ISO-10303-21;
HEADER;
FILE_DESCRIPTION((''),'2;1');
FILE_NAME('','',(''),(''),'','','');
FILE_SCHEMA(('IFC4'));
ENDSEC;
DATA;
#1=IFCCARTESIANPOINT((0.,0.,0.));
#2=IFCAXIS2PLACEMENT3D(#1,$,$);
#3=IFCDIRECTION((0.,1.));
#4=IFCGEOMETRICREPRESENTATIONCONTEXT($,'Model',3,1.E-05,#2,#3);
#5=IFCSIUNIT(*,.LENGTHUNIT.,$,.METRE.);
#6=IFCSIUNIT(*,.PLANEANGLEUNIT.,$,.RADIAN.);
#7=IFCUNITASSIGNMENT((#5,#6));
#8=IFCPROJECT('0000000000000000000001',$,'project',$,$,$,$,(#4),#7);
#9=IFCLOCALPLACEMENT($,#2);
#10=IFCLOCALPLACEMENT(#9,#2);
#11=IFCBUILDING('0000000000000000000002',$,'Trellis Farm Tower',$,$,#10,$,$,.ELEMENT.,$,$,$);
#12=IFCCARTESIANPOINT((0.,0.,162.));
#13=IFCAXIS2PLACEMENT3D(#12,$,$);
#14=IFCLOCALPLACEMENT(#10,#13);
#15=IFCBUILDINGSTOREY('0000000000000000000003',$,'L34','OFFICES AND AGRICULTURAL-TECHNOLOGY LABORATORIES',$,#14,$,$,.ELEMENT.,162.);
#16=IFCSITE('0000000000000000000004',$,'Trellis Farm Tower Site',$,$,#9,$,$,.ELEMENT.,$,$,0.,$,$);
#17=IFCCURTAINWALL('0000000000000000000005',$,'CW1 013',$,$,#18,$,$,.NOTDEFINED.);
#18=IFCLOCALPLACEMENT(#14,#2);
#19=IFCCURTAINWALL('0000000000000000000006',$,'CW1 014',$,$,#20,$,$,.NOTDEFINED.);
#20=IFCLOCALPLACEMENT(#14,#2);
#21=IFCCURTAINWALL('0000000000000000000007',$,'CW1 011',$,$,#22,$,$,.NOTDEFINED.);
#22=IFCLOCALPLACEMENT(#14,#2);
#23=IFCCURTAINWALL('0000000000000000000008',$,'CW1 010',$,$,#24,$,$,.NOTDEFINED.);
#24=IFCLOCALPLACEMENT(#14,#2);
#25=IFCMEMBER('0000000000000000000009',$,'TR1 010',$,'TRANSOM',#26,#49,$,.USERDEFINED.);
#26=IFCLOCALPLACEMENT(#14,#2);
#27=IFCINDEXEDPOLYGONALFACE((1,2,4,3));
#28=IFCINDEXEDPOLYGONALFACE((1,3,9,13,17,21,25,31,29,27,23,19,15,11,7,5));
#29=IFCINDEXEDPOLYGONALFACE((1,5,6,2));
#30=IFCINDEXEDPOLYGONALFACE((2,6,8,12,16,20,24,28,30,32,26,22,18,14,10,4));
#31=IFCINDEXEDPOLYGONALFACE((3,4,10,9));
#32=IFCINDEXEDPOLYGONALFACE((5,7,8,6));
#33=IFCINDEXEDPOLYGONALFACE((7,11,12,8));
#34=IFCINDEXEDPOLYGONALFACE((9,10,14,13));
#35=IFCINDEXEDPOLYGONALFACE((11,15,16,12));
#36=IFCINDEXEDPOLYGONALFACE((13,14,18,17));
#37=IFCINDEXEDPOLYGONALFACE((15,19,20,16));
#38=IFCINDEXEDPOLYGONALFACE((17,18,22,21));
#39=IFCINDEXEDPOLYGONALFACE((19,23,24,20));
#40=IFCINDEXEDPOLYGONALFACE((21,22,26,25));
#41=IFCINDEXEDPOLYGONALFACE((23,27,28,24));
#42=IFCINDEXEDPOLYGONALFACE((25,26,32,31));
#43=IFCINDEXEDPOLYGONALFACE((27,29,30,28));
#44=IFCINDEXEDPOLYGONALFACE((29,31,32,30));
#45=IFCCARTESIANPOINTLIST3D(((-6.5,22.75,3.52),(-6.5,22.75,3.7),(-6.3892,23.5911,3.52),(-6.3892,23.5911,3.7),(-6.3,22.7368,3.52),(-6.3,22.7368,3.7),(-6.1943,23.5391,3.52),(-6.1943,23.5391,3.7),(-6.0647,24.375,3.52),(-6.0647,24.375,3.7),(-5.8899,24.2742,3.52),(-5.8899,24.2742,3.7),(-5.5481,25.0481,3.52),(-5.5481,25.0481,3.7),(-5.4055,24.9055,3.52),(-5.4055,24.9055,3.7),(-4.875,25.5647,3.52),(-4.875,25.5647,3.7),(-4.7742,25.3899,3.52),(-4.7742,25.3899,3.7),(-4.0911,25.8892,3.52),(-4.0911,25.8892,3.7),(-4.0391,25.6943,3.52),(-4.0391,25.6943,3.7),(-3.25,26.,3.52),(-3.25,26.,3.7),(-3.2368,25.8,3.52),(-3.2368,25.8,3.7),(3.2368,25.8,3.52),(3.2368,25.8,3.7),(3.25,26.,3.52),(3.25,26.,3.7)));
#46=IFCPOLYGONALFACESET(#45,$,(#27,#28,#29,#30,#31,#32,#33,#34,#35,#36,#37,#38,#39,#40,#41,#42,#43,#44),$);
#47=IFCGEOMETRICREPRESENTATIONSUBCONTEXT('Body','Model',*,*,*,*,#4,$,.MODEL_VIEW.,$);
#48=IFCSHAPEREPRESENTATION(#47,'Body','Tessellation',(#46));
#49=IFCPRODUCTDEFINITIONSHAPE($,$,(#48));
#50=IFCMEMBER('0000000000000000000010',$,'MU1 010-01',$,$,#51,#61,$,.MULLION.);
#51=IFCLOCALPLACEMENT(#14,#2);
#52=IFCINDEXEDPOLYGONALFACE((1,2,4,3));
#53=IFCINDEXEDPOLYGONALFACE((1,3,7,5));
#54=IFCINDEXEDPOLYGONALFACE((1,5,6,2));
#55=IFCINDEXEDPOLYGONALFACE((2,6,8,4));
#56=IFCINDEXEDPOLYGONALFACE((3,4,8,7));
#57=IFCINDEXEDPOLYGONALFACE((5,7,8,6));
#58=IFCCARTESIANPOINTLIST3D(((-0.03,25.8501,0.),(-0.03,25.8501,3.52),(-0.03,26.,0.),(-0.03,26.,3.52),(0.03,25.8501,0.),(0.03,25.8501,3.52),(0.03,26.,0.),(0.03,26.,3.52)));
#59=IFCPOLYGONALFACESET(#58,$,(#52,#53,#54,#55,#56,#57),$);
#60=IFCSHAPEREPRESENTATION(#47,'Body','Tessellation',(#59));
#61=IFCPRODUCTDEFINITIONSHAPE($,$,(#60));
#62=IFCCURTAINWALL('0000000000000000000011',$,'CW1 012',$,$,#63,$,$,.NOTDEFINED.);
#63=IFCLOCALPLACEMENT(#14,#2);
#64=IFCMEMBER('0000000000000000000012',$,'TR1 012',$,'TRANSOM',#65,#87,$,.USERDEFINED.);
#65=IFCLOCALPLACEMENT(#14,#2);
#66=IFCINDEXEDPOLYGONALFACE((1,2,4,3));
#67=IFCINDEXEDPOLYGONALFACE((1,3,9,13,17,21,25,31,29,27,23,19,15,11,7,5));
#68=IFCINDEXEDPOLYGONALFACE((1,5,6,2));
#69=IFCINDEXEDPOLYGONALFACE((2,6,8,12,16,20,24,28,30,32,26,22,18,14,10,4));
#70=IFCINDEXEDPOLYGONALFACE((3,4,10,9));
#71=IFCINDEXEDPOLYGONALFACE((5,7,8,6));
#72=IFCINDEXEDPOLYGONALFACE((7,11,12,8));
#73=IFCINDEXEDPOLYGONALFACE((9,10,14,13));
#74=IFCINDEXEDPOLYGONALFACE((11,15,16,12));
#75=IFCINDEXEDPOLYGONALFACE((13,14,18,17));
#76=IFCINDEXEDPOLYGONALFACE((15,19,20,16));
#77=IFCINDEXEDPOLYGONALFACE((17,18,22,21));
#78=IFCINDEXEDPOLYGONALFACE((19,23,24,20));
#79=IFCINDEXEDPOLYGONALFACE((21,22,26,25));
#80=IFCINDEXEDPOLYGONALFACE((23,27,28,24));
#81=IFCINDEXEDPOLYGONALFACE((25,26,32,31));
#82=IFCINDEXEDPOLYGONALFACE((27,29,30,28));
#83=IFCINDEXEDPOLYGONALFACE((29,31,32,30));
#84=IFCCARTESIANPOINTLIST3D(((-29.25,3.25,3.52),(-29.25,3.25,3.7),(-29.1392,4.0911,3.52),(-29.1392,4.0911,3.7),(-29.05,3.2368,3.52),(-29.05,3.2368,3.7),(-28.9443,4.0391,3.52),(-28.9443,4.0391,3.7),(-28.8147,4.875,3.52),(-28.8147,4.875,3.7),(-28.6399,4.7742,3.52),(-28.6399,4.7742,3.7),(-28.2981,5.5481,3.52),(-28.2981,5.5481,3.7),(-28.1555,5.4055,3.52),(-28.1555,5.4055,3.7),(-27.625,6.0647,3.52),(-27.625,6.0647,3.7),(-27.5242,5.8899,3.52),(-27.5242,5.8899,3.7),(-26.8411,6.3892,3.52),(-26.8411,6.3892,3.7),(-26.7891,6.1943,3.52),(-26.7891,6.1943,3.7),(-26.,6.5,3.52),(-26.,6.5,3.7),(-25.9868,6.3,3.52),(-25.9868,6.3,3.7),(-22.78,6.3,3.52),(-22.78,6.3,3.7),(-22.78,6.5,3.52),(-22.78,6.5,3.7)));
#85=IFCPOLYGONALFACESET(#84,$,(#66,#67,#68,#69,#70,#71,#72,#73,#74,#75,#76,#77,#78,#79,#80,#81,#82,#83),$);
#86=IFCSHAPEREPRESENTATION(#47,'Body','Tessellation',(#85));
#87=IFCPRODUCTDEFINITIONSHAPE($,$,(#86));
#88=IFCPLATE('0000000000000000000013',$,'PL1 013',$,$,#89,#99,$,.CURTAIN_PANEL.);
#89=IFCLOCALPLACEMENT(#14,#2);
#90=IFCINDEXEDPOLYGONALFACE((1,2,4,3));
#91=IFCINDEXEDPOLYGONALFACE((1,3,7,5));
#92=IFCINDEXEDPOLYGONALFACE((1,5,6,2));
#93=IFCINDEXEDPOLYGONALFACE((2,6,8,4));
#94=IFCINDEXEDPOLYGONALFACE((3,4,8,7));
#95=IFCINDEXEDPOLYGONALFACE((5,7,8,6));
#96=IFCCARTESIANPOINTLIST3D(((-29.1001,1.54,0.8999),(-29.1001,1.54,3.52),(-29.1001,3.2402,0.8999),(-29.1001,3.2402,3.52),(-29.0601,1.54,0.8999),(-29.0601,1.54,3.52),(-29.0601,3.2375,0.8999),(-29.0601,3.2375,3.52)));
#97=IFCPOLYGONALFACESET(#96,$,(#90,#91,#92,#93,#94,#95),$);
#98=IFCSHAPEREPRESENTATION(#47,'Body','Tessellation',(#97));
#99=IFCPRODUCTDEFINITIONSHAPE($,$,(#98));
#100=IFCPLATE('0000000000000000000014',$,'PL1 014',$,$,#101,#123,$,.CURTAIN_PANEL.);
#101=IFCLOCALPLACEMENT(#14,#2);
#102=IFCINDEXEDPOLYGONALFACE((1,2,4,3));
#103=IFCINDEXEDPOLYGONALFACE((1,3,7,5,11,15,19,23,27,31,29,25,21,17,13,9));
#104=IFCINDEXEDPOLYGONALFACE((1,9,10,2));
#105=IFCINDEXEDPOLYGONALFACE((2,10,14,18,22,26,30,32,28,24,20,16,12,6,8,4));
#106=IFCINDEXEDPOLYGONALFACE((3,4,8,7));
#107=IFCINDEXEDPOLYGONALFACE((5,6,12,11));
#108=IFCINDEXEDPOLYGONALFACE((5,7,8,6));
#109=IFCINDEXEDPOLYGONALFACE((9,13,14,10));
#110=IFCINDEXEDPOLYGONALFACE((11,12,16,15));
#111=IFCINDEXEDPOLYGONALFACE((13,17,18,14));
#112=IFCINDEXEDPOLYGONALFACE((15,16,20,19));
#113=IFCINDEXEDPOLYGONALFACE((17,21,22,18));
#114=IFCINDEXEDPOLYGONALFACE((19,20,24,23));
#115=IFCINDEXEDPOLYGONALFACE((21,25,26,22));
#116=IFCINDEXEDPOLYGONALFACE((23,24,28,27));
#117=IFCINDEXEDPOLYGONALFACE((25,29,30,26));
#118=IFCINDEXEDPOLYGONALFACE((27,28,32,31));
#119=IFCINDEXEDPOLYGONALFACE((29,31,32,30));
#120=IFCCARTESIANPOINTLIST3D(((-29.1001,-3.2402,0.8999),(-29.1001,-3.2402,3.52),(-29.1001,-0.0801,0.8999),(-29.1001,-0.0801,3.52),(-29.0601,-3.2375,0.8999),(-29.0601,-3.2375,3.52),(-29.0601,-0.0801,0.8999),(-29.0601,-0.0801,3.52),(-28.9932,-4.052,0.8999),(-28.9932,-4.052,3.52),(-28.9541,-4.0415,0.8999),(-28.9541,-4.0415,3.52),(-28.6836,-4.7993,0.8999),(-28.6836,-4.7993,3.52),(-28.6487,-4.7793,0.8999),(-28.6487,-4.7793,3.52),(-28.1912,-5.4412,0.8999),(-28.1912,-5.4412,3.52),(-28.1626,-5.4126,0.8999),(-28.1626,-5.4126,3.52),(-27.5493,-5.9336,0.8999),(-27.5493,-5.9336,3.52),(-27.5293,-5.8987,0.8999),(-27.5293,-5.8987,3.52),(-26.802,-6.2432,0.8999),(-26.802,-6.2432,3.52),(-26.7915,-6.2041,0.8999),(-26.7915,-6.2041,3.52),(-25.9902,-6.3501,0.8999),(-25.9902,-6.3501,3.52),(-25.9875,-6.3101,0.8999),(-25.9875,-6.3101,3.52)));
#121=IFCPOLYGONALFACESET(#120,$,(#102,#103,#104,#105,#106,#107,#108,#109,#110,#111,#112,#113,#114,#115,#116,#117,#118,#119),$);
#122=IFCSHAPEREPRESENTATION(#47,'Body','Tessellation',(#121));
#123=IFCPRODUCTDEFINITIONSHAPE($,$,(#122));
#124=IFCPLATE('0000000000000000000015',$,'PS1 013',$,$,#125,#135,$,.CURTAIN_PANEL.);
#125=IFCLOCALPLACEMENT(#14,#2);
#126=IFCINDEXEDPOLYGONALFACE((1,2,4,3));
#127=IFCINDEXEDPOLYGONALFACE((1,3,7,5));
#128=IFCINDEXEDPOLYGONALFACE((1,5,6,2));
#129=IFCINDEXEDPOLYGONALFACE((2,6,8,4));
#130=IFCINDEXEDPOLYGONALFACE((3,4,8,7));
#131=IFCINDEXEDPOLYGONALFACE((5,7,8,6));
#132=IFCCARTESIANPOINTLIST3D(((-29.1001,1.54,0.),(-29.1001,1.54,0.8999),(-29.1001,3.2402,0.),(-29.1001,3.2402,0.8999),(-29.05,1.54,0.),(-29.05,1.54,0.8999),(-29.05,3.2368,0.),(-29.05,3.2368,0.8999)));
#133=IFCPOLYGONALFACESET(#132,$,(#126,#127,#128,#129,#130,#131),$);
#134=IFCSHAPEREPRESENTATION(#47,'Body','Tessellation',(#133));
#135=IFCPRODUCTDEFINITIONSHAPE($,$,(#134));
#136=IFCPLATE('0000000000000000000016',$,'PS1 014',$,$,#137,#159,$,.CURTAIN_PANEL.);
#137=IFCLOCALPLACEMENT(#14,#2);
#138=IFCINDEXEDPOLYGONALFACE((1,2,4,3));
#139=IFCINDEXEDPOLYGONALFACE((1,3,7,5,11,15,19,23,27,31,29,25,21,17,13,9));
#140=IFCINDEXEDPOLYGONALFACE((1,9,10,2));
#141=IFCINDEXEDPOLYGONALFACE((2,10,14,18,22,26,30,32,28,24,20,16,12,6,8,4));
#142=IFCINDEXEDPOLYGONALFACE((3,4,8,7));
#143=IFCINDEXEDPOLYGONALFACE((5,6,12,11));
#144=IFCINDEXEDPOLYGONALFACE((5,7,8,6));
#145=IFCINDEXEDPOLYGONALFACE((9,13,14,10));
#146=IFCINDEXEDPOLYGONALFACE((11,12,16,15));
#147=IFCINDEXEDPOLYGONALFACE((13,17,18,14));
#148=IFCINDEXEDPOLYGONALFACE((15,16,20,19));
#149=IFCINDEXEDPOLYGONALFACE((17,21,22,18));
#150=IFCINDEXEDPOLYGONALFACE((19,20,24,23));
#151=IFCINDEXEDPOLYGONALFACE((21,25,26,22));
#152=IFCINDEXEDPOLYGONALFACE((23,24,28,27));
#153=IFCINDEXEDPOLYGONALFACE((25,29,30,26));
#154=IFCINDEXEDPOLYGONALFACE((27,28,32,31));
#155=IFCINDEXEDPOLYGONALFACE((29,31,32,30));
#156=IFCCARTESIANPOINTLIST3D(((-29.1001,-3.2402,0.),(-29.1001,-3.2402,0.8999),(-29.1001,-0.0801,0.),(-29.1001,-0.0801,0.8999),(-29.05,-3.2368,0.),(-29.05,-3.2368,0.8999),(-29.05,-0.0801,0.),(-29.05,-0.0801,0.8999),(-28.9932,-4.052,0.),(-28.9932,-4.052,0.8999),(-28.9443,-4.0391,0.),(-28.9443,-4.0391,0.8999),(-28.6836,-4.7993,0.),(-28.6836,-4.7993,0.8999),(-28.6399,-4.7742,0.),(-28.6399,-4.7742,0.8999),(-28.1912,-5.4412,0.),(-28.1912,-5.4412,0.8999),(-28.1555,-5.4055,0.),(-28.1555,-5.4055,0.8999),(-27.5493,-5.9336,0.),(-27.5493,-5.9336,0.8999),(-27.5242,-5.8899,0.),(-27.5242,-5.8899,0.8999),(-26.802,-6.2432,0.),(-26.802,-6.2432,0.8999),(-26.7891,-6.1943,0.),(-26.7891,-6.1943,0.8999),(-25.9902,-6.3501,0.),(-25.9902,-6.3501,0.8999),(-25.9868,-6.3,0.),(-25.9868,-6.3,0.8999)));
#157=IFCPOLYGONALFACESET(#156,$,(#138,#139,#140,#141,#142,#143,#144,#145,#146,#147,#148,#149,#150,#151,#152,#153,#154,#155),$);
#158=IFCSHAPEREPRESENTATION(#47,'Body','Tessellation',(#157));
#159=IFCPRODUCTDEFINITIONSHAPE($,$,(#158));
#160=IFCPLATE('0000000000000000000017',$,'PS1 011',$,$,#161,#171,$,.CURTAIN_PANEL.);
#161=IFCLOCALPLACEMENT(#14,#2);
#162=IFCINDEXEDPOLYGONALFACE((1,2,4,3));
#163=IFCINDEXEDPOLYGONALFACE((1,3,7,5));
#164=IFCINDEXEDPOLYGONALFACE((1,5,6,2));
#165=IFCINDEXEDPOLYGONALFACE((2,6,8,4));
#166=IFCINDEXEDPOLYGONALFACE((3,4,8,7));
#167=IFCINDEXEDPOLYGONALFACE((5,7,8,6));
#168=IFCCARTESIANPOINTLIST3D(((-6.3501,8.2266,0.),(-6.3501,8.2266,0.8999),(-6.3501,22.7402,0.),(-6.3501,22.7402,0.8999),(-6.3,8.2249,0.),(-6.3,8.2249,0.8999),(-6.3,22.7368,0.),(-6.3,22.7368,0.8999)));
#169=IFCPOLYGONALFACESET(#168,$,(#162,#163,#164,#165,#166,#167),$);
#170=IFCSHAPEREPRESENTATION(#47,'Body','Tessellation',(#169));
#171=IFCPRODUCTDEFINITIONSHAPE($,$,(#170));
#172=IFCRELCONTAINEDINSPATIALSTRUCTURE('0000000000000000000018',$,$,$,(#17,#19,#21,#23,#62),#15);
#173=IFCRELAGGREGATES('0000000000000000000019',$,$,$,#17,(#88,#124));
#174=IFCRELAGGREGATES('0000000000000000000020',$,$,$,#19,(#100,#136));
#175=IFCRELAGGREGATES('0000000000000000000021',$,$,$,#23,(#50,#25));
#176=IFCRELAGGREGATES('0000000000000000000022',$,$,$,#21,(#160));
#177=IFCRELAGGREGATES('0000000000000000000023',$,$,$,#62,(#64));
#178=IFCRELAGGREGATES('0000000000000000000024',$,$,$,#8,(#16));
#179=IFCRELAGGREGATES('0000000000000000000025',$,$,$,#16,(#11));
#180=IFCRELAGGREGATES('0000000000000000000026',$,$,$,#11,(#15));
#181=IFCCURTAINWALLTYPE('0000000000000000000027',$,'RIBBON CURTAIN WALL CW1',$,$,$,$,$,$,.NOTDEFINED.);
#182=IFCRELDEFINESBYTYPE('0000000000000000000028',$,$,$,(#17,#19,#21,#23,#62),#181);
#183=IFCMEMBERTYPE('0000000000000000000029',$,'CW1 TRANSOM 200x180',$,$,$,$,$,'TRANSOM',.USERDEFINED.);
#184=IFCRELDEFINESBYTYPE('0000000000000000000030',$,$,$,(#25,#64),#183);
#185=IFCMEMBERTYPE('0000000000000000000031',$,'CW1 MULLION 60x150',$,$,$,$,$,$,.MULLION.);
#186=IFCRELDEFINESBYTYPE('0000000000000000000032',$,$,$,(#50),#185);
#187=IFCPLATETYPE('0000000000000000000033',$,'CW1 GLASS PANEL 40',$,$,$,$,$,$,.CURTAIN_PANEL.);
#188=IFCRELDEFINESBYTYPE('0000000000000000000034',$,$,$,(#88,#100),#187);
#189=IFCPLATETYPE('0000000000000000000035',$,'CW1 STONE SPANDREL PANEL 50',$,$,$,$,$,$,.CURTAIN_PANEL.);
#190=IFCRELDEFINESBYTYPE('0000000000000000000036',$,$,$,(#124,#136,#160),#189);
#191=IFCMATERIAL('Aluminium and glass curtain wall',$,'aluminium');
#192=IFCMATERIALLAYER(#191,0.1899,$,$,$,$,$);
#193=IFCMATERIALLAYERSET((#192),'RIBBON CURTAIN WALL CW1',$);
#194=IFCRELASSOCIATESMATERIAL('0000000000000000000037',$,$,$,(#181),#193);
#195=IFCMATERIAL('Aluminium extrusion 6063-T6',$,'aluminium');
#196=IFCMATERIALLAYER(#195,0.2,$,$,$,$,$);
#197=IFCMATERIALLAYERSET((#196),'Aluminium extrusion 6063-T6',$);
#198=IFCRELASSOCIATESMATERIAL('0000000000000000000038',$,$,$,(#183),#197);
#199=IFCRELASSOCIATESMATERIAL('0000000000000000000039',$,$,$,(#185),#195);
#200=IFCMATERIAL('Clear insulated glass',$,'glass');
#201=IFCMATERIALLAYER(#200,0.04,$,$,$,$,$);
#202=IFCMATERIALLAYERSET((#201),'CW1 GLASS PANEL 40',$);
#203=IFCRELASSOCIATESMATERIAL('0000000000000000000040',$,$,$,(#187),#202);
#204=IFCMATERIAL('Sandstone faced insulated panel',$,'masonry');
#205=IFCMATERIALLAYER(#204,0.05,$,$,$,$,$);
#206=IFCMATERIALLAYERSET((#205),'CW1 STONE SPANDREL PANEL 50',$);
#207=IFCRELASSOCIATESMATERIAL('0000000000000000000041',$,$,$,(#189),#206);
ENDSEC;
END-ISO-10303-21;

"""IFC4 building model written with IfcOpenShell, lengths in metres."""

from ifc_helpers import new_model, si_unit, direction, frame, origin, origin_2d, place, context, subcontext, project, spatial, polyline, rectangle, outline, extrude, source, transform, mapped, material, layer, layer_set, material_profile, profile_set, type_object, element, aggregate, save


model = new_model("IFC4")

# Units and contexts
model_context = context("Model", 3, precision=1e-05, world=origin(), true_north=direction((0.0, 1.0)))
body_context = subcontext(model_context, "Body", "Model", "MODEL_VIEW")
ifc_project = project(units=[si_unit("LENGTHUNIT", "METRE"), si_unit("PLANEANGLEUNIT", "RADIAN")], contexts=[model_context])

# Site, building, storey
site_placement = place(None, origin())
site = spatial("IfcSite", under=ifc_project, at=site_placement, Name="Trellis Farm Tower Site", CompositionType="ELEMENT", RefElevation=0.0)
building_placement = place(site_placement, origin())
building = spatial("IfcBuilding", under=site, at=building_placement, Name="Trellis Farm Tower", CompositionType="ELEMENT")
storey_placement = place(building_placement, frame((0.0, 0.0, 162.0)))
storey = spatial("IfcBuildingStorey", under=building, at=storey_placement, Name="L34", Description="OFFICES AND AGRICULTURAL-TECHNOLOGY LABORATORIES", CompositionType="ELEMENT", Elevation=162.0)

# Curtain walls
ifc_material_1 = material(Name="Aluminium and glass curtain wall", Category="aluminium")
ifc_layer_1 = layer(ifc_material_1, 0.1899)
ifc_layer_set_1 = layer_set([ifc_layer_1], Name="RIBBON CURTAIN WALL CW1")
curtain_wall_type_1 = type_object("IfcCurtainWallType", Name="RIBBON CURTAIN WALL CW1", PredefinedType="NOTDEFINED", material=ifc_layer_set_1)
placement_1 = place(storey_placement, origin())
curtain_wall_1 = element("IfcCurtainWall", 1, at=placement_1, inside=storey, type_object=curtain_wall_type_1, Name="CW1 013", PredefinedType="NOTDEFINED")
ifc_material_2 = material(Name="Aluminium extrusion 6063-T6", Category="aluminium")
ifc_layer_2 = layer(ifc_material_2, 0.2)
ifc_layer_set_2 = layer_set([ifc_layer_2], Name="Aluminium extrusion 6063-T6")
member_type_1 = type_object("IfcMemberType", Name="CW1 TRANSOM 200x180", ElementType="TRANSOM", PredefinedType="USERDEFINED", material=ifc_layer_set_2)
placement_2 = place(storey_placement, frame((0.0, 0.0, 3.52)))
curtain_wall_2 = element("IfcCurtainWall", 2, at=placement_1, inside=storey, type_object=curtain_wall_type_1, Name="CW1 014", PredefinedType="NOTDEFINED")

# Curtain wall
curtain_wall_3 = element("IfcCurtainWall", 3, at=placement_1, inside=storey, type_object=curtain_wall_type_1, Name="CW1 011", PredefinedType="NOTDEFINED")

# Curtain wall, members
curtain_wall_4 = element("IfcCurtainWall", 4, at=placement_1, inside=storey, type_object=curtain_wall_type_1, Name="CW1 010", PredefinedType="NOTDEFINED")
shared_shape_1 = source(origin(), body_context, "Body", "SweptSolid", [
    extrude(outline(polyline([(3.25, 26.0), (-3.25, 26.0), (-4.0911, 25.8892), (-4.875, 25.5647), (-5.5481, 25.0481), (-6.0647, 24.375), (-6.3892, 23.5911), (-6.5, 22.75), (-6.3, 22.7368), (-6.1943, 23.5391), (-5.8899, 24.2742), (-5.4055, 24.9055), (-4.7742, 25.3899), (-4.0391, 25.6943), (-3.2368, 25.8), (3.2368, 25.8), (3.25, 26.0)])), origin(), (0.0, 0.0, 1.0), 0.1799),
])
member_1 = element("IfcMember", 5, at=placement_2, type_object=member_type_1, Name="TR1 010", ObjectType="TRANSOM", PredefinedType="USERDEFINED", context=body_context, shape_type="MappedRepresentation", body=[
    mapped(shared_shape_1, transform((0.0, 0.0, 0.0))),
])
ifc_material_profile_1 = material_profile(ifc_material_2, rectangle(XDim=0.0601, YDim=0.1499, at=origin_2d()), Name="MULLION 60x150")
ifc_profile_set_1 = profile_set([ifc_material_profile_1], Name="Aluminium extrusion 6063-T6")
member_type_2 = type_object("IfcMemberType", Name="CW1 MULLION 60x150", PredefinedType="MULLION", material=ifc_profile_set_1)
shared_shape_2 = source(origin(), body_context, "Body", "SweptSolid", [
    extrude(rectangle(XDim=0.0601, YDim=0.1499, at=origin_2d()), origin(), (0.0, 0.0, 1.0), 3.52),
])
member_2_placement = place(storey_placement, frame((0.0, 25.925, 0.0), z_axis=(0.0, 0.0, 1.0), x_axis=(-1.0, 0.0, 0.0)))
member_2 = element("IfcMember", 6, at=member_2_placement, type_object=member_type_2, Name="MU1 010-01", PredefinedType="MULLION", context=body_context, shape_type="MappedRepresentation", body=[
    mapped(shared_shape_2, transform((0.0, 0.0, 0.0))),
])

# Curtain wall, member
curtain_wall_5 = element("IfcCurtainWall", 7, at=placement_1, inside=storey, type_object=curtain_wall_type_1, Name="CW1 012", PredefinedType="NOTDEFINED")
shared_shape_3 = source(origin(), body_context, "Body", "SweptSolid", [
    extrude(outline(polyline([(-22.78, 6.5), (-26.0, 6.5), (-26.8411, 6.3892), (-27.625, 6.0647), (-28.2981, 5.5481), (-28.8147, 4.875), (-29.1392, 4.0911), (-29.25, 3.25), (-29.05, 3.2368), (-28.9443, 4.0391), (-28.6399, 4.7742), (-28.1555, 5.4055), (-27.5242, 5.8899), (-26.7891, 6.1943), (-25.9868, 6.3), (-22.78, 6.3), (-22.78, 6.5)])), origin(), (0.0, 0.0, 1.0), 0.1799),
])
member_3 = element("IfcMember", 8, at=placement_2, type_object=member_type_1, Name="TR1 012", ObjectType="TRANSOM", PredefinedType="USERDEFINED", context=body_context, shape_type="MappedRepresentation", body=[
    mapped(shared_shape_3, transform((0.0, 0.0, 0.0))),
])

# Plates
ifc_material_3 = material(Name="Clear insulated glass", Category="glass")
ifc_layer_3 = layer(ifc_material_3, 0.04)
ifc_layer_set_3 = layer_set([ifc_layer_3], Name="CW1 GLASS PANEL 40")
plate_type_1 = type_object("IfcPlateType", Name="CW1 GLASS PANEL 40", PredefinedType="CURTAIN_PANEL", material=ifc_layer_set_3)
placement_3 = place(storey_placement, frame((0.0, 0.0, 0.8999)))
plate_1 = element("IfcPlate", 9, at=placement_3, type_object=plate_type_1, Name="PL1 013", PredefinedType="CURTAIN_PANEL", context=body_context, shape_type="SweptSolid", body=[
    extrude(outline(polyline([(-29.1001, 3.2402), (-29.1001, 1.54), (-29.0601, 1.54), (-29.0601, 3.2375), (-29.1001, 3.2402)])), origin(), (0.0, 0.0, 1.0), 2.6201),
])
plate_2 = element("IfcPlate", 10, at=placement_3, type_object=plate_type_1, Name="PL1 014", PredefinedType="CURTAIN_PANEL", context=body_context, shape_type="SweptSolid", body=[
    extrude(outline(polyline([(-29.1001, -0.0801), (-29.1001, -3.2402), (-28.9932, -4.052), (-28.6836, -4.7993), (-28.1912, -5.4412), (-27.5493, -5.9336), (-26.802, -6.2432), (-25.9902, -6.3501), (-25.9875, -6.3101), (-26.7915, -6.2041), (-27.5293, -5.8987), (-28.1626, -5.4126), (-28.6487, -4.7793), (-28.9541, -4.0415), (-29.0601, -3.2375), (-29.0601, -0.0801), (-29.1001, -0.0801)])), origin(), (0.0, 0.0, 1.0), 2.6201),
])
ifc_material_4 = material(Name="Sandstone faced insulated panel", Category="masonry")
ifc_layer_4 = layer(ifc_material_4, 0.05)
ifc_layer_set_4 = layer_set([ifc_layer_4], Name="CW1 STONE SPANDREL PANEL 50")
plate_type_2 = type_object("IfcPlateType", Name="CW1 STONE SPANDREL PANEL 50", PredefinedType="CURTAIN_PANEL", material=ifc_layer_set_4)
plate_3 = element("IfcPlate", 11, at=placement_1, type_object=plate_type_2, Name="PS1 013", PredefinedType="CURTAIN_PANEL", context=body_context, shape_type="SweptSolid", body=[
    extrude(outline(polyline([(-29.1001, 3.2402), (-29.1001, 1.54), (-29.05, 1.54), (-29.05, 3.2368), (-29.1001, 3.2402)])), origin(), (0.0, 0.0, 1.0), 0.8999),
])
aggregate(curtain_wall_1, [plate_1, plate_3])
plate_4 = element("IfcPlate", 12, at=placement_1, type_object=plate_type_2, Name="PS1 014", PredefinedType="CURTAIN_PANEL", context=body_context, shape_type="SweptSolid", body=[
    extrude(outline(polyline([(-29.1001, -0.0801), (-29.1001, -3.2402), (-28.9932, -4.052), (-28.6836, -4.7993), (-28.1912, -5.4412), (-27.5493, -5.9336), (-26.802, -6.2432), (-25.9902, -6.3501), (-25.9868, -6.3), (-26.7891, -6.1943), (-27.5242, -5.8899), (-28.1555, -5.4055), (-28.6399, -4.7742), (-28.9443, -4.0391), (-29.05, -3.2368), (-29.05, -0.0801), (-29.1001, -0.0801)])), origin(), (0.0, 0.0, 1.0), 0.8999),
])
aggregate(curtain_wall_2, [plate_2, plate_4])
shared_shape_4 = source(origin(), body_context, "Body", "SweptSolid", [
    extrude(outline(polyline([(-6.3501, 22.7402), (-6.3501, 8.2266), (-6.3, 8.2249), (-6.3, 22.7368), (-6.3501, 22.7402)])), origin(), (0.0, 0.0, 1.0), 0.8999),
])
plate_5 = element("IfcPlate", 13, at=placement_1, type_object=plate_type_2, Name="PS1 011", PredefinedType="CURTAIN_PANEL", context=body_context, shape_type="MappedRepresentation", body=[
    mapped(shared_shape_4, transform((0.0, 0.0, 0.0))),
])
aggregate(curtain_wall_4, [member_2, member_1])
aggregate(curtain_wall_3, [plate_5])
aggregate(curtain_wall_5, [member_3])

save(model, "model.ifc")
